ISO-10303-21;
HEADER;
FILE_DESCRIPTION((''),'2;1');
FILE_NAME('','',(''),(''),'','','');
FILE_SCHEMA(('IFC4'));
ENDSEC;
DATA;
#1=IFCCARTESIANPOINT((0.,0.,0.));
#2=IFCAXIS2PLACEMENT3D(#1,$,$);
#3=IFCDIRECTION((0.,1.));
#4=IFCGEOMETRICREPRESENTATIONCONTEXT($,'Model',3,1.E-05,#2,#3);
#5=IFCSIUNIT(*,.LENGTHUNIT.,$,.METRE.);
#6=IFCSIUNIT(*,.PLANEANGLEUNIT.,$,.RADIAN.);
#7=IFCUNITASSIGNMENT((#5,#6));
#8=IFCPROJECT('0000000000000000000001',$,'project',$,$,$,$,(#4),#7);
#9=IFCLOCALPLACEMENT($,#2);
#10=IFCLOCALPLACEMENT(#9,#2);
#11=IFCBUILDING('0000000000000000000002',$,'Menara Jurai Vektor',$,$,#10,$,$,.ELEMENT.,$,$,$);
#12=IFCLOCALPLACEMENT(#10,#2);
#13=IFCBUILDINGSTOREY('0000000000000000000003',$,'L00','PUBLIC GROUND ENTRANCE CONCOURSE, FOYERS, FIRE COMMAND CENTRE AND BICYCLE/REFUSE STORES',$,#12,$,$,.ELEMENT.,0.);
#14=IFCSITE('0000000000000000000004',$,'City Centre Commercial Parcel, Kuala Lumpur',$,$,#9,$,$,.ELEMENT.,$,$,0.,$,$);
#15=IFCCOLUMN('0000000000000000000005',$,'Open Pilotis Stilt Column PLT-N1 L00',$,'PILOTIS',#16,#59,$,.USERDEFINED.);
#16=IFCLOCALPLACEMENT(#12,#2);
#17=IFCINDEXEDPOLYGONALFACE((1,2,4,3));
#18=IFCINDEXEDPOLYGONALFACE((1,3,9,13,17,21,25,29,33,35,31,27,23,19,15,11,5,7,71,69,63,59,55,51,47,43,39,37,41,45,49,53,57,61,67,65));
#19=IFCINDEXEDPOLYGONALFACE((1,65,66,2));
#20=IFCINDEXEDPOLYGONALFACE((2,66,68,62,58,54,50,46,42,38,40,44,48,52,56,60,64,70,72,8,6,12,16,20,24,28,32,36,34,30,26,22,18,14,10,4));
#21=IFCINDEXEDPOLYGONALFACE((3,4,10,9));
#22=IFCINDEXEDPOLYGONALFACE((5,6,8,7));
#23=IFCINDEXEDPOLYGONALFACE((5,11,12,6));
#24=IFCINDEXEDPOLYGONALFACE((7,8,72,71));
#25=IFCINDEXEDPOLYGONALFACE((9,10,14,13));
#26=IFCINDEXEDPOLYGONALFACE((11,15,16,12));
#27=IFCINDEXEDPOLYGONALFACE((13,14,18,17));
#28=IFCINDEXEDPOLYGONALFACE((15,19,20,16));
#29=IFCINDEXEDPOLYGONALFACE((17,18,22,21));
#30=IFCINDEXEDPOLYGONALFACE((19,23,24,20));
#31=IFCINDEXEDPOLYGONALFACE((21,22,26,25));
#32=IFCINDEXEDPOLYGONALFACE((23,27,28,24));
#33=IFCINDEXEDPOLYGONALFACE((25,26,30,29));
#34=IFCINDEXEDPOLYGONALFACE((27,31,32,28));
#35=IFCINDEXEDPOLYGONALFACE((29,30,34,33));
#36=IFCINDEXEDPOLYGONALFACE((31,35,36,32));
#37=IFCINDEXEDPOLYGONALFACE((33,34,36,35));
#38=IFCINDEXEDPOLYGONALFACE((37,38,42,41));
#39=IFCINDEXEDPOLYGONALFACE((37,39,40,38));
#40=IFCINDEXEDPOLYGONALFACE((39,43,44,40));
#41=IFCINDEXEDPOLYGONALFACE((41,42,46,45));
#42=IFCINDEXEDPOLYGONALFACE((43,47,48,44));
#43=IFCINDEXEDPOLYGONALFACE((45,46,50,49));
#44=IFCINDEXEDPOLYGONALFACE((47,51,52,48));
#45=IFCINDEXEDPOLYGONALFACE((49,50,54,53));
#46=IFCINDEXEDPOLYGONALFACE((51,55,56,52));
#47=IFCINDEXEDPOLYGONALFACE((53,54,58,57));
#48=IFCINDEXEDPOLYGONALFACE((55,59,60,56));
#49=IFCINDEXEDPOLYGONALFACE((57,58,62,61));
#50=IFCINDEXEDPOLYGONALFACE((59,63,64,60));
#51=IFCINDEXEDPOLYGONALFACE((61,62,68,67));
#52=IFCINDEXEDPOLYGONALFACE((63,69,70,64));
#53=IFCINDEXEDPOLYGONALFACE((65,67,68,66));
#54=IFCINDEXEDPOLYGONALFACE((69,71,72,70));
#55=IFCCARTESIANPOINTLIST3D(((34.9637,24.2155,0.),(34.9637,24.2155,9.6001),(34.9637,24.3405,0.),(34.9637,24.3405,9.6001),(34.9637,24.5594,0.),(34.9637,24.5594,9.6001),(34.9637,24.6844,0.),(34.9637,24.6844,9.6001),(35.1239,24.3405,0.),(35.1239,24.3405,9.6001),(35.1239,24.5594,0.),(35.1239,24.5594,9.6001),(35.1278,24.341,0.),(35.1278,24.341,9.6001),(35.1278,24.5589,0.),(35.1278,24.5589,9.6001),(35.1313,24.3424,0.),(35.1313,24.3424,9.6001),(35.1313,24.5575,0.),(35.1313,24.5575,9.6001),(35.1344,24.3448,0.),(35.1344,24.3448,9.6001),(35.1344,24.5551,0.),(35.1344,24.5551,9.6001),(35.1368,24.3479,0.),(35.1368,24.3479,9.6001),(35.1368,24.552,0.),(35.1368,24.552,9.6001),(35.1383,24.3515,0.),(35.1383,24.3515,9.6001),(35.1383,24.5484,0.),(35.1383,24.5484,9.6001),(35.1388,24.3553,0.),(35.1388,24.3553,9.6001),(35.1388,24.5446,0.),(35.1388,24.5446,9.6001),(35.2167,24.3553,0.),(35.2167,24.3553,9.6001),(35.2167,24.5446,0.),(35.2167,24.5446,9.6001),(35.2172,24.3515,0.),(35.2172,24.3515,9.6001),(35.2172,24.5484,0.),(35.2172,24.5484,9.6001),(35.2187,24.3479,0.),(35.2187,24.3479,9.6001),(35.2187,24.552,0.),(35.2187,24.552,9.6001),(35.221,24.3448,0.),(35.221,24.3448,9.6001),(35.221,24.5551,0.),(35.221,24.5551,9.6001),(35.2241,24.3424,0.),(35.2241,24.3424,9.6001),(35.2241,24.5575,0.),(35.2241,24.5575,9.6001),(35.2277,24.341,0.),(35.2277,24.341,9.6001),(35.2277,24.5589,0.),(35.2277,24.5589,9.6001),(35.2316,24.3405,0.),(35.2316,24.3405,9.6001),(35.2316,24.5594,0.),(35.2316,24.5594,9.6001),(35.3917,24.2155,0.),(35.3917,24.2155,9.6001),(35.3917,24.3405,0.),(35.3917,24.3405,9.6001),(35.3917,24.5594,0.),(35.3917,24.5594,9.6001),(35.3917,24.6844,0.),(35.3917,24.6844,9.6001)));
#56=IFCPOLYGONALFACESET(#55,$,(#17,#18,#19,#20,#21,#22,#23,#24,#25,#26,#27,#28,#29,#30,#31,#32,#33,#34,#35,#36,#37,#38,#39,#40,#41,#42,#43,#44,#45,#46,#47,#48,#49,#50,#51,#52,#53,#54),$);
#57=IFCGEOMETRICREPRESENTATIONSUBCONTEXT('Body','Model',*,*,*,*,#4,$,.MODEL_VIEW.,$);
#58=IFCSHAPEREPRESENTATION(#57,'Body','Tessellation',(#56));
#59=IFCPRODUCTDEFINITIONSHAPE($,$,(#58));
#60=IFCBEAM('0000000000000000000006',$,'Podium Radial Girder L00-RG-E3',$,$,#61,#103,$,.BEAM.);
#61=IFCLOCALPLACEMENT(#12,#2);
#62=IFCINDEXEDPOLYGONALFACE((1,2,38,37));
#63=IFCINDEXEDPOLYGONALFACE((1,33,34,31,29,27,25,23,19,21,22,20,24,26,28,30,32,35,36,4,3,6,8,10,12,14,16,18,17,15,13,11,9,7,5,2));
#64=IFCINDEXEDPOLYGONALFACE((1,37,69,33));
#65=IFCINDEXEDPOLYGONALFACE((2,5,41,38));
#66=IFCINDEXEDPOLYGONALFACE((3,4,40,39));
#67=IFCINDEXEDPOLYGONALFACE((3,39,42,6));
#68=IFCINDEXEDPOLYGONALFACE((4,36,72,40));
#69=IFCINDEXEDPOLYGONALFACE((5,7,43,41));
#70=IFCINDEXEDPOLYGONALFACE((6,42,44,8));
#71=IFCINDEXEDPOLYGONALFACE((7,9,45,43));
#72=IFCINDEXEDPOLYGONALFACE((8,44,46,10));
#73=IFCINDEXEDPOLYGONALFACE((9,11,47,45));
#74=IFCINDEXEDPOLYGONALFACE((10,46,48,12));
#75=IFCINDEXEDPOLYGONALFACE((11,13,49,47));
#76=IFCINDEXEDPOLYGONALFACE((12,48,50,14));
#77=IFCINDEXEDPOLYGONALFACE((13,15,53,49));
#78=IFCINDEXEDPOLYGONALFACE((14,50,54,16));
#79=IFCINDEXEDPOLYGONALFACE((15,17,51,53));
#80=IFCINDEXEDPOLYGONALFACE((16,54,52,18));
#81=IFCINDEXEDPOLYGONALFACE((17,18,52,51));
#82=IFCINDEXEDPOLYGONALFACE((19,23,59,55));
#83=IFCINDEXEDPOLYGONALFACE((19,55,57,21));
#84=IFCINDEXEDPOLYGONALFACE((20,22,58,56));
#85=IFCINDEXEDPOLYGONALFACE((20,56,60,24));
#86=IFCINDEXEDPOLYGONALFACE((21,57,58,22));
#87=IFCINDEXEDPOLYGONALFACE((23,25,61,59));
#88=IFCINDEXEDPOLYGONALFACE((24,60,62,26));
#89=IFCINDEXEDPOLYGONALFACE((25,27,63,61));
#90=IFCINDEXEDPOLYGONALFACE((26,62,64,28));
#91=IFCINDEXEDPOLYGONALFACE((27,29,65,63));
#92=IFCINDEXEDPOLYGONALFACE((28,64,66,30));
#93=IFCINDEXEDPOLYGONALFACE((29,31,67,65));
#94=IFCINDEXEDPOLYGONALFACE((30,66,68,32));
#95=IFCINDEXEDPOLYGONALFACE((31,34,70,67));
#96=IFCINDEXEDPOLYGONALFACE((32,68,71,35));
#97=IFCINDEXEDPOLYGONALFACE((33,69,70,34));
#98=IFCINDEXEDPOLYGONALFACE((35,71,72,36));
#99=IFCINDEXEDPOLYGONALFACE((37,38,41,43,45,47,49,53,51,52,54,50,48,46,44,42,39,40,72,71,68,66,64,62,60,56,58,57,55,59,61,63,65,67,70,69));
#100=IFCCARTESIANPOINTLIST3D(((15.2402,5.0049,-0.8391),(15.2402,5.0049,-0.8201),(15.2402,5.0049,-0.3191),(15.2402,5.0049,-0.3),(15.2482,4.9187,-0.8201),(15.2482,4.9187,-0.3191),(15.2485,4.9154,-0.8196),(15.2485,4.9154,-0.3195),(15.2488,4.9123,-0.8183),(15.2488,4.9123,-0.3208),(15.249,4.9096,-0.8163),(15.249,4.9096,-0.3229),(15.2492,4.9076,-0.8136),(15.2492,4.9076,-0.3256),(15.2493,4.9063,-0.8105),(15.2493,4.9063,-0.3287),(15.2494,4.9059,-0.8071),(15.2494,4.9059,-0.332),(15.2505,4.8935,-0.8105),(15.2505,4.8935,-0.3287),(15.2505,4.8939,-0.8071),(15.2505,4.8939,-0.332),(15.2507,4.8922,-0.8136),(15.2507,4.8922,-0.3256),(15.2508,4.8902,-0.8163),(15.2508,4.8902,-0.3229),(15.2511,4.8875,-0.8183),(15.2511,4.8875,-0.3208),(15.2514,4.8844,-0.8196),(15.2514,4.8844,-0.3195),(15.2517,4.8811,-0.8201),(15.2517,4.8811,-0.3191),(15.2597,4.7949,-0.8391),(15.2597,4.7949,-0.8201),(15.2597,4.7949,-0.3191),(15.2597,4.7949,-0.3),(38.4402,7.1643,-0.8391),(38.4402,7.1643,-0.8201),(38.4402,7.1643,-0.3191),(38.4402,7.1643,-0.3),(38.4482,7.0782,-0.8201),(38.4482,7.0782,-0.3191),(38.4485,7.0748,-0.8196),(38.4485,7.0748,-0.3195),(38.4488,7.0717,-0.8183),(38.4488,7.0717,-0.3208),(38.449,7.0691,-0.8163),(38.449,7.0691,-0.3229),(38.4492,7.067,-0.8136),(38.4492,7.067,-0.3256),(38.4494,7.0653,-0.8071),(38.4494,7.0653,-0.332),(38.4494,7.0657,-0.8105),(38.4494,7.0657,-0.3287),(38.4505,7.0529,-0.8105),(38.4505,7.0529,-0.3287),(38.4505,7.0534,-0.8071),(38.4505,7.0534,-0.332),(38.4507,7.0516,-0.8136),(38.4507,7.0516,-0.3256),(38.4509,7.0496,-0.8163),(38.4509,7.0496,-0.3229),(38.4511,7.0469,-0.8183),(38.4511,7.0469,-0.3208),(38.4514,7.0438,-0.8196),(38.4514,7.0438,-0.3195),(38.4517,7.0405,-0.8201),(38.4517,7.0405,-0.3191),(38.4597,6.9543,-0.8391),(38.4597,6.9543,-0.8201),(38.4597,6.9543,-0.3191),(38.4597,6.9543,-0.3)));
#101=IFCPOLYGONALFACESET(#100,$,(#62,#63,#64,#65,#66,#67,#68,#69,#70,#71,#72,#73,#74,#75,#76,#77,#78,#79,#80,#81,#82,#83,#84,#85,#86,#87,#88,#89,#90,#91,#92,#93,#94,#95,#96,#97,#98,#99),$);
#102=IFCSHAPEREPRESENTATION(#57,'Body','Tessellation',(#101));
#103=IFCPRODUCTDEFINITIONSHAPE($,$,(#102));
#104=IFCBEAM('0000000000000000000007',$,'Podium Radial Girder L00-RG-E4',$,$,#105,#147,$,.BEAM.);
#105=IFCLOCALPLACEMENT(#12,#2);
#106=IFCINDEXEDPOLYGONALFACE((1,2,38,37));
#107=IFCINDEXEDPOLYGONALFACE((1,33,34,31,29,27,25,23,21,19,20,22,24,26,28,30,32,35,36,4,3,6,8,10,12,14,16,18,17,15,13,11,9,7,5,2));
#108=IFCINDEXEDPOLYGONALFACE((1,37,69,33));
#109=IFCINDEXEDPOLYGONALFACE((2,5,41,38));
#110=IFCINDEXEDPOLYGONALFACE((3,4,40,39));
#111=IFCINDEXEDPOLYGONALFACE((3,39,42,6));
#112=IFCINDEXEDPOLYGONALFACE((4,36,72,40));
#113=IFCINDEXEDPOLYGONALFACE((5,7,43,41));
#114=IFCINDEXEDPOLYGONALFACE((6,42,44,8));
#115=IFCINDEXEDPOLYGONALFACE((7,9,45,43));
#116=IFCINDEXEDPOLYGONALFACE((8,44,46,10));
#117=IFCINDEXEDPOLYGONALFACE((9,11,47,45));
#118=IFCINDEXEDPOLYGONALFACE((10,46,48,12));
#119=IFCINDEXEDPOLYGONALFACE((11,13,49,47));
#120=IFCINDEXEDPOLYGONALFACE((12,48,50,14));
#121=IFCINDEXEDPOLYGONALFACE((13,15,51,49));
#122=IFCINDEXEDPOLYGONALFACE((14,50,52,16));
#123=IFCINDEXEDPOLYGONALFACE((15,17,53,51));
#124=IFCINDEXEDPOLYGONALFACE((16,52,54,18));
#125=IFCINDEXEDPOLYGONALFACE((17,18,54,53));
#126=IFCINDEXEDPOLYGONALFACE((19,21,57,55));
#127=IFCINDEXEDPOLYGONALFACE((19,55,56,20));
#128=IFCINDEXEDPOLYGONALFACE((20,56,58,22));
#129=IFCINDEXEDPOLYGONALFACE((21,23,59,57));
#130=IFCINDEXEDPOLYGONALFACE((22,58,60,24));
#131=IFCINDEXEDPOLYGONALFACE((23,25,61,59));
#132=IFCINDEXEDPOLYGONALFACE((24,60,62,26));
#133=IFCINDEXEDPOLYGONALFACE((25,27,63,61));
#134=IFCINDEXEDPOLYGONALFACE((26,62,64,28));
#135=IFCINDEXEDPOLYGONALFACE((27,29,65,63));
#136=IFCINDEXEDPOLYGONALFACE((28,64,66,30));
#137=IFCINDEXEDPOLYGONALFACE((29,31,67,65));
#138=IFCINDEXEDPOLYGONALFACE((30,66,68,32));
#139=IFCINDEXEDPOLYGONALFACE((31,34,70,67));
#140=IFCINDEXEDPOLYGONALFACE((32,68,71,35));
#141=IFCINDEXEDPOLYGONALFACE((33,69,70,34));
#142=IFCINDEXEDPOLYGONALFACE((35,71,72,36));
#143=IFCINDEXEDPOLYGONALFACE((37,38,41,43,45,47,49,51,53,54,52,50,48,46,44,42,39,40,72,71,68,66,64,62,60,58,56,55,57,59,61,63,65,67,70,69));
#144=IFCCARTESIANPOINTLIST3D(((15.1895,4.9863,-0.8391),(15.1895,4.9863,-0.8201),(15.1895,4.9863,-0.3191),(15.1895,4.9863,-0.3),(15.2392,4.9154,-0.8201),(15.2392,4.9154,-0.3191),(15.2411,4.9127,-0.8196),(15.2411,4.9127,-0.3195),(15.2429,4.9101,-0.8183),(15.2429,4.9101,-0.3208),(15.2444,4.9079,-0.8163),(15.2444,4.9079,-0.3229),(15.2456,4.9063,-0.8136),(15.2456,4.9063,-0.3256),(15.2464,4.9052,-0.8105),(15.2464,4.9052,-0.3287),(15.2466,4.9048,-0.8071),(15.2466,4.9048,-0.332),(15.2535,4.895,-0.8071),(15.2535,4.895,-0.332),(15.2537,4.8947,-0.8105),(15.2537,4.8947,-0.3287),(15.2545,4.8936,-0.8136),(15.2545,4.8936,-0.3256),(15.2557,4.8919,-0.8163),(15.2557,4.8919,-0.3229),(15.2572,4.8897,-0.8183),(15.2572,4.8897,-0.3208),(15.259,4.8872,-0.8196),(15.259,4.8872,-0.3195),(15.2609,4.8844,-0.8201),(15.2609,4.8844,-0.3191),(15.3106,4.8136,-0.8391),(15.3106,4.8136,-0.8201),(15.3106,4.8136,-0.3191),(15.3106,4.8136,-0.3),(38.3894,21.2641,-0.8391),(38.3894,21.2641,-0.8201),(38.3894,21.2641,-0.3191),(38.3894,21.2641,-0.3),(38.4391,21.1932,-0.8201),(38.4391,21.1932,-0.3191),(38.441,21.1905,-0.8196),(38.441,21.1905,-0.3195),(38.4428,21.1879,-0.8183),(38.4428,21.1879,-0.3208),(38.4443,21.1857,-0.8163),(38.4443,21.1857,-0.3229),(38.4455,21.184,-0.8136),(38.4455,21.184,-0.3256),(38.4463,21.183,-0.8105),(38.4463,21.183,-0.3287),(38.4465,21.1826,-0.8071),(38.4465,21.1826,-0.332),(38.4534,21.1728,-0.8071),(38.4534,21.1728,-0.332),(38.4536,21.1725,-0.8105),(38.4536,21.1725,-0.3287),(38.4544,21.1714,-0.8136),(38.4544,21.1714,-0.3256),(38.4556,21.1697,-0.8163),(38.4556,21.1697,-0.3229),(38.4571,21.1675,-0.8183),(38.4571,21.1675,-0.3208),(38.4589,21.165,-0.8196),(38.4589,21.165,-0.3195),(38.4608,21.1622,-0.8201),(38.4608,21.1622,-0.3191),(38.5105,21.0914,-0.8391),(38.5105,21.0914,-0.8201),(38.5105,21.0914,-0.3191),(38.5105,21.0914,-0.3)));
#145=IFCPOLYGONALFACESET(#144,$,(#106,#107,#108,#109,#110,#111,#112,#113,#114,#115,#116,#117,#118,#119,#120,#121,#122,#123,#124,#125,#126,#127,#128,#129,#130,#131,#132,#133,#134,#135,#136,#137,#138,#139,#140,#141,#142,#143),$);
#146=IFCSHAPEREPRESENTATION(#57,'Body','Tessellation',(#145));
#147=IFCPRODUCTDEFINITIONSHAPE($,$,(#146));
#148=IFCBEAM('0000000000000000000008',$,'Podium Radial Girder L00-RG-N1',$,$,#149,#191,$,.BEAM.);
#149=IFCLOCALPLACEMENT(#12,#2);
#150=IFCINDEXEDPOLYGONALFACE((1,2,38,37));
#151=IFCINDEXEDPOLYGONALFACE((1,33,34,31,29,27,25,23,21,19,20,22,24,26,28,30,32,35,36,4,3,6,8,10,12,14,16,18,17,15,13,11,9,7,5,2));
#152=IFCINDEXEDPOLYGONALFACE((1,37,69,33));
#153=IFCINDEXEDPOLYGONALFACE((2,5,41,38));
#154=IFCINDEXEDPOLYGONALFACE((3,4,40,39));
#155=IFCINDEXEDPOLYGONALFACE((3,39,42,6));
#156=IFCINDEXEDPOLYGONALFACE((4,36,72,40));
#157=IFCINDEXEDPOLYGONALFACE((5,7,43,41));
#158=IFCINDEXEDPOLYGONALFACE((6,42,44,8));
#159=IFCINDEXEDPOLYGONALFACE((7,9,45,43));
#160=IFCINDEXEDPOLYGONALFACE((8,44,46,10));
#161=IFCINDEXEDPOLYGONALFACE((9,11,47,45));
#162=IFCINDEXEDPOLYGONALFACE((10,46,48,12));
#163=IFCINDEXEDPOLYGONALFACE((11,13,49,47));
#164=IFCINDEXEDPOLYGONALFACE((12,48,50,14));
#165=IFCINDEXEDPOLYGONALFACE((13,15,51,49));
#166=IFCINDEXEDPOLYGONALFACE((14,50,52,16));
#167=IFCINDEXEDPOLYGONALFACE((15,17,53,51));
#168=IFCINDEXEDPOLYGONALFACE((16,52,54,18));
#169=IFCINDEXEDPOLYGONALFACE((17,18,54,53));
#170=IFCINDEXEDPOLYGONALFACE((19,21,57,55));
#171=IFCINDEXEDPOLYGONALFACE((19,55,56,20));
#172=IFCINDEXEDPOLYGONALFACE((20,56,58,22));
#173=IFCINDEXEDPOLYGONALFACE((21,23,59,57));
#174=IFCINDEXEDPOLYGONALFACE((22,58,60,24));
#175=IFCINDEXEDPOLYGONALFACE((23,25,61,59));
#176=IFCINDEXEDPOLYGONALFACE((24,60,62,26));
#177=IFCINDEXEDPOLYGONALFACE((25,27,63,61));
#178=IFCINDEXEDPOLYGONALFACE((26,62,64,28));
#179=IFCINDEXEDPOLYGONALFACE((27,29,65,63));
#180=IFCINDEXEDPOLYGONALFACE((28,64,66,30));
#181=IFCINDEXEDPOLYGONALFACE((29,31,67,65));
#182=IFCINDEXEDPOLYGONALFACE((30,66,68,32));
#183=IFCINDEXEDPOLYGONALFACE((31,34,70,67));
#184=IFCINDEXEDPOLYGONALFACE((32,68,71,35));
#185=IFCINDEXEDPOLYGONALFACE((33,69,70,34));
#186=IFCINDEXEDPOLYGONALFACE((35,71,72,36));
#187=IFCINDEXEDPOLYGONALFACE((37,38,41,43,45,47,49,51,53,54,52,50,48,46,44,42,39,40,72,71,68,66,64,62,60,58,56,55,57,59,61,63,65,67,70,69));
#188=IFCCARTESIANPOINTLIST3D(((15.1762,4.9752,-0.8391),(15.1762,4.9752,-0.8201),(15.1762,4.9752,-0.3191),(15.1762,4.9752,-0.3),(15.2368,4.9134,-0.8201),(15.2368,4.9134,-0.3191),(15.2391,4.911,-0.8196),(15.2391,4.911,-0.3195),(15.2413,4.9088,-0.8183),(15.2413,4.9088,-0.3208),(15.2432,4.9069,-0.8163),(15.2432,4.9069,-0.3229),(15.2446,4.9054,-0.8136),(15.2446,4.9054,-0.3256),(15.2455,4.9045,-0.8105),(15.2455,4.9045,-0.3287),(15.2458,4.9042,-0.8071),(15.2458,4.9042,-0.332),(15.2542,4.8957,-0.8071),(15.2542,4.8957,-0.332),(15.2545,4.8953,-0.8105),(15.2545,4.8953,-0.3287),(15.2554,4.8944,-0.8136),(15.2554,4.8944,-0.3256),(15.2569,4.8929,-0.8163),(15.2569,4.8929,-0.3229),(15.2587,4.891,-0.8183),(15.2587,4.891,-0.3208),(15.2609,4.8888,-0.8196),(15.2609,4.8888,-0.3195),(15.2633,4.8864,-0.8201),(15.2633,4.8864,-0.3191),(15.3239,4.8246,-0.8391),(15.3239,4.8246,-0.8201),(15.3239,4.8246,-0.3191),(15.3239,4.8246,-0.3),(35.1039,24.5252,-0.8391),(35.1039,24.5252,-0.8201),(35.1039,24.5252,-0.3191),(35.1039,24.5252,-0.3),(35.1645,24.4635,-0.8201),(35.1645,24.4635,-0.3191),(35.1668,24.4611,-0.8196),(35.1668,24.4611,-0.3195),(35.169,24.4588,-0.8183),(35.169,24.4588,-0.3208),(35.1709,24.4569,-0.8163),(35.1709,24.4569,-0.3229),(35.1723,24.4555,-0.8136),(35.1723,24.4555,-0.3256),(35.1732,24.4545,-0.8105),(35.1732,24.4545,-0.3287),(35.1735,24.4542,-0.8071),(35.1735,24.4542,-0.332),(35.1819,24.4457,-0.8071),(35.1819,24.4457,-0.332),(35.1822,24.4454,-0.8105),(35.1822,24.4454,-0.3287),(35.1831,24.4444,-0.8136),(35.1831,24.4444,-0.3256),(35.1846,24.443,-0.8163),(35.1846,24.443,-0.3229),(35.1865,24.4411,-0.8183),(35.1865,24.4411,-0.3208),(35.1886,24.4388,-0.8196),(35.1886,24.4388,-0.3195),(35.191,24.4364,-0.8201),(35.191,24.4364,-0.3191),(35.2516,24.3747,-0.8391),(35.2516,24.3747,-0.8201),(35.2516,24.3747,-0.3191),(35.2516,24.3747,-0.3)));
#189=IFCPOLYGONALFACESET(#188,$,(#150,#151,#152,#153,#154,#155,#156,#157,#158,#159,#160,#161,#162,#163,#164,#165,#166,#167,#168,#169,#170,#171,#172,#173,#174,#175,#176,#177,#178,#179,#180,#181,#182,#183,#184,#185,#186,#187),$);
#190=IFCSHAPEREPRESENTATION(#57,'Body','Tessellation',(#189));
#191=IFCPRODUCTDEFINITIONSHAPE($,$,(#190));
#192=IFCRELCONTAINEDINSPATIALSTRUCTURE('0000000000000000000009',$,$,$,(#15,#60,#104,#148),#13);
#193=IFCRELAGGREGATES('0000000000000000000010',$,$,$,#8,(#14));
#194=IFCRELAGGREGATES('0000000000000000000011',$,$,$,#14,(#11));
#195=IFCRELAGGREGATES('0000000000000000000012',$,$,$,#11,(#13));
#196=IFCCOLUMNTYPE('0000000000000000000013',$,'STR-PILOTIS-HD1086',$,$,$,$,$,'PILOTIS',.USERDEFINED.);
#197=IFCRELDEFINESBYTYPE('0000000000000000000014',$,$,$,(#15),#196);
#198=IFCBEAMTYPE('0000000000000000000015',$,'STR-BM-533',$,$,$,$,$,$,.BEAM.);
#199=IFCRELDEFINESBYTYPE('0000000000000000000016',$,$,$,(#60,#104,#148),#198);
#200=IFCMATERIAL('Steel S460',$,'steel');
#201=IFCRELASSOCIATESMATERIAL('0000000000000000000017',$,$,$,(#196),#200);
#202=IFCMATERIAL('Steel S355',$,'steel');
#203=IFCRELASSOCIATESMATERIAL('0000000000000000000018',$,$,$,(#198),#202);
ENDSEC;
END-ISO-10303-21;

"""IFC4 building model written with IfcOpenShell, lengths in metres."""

from ifc_helpers import new_model, si_unit, direction, frame, origin, origin_2d, place, context, subcontext, project, spatial, i_section, extrude, material, material_profile, profile_set, type_object, element, save


model = new_model("IFC4")

# Units and contexts
model_context = context("Model", 3, precision=1e-05, world=origin(), true_north=direction((0.0, 1.0)))
body_context = subcontext(model_context, "Body", "Model", "MODEL_VIEW")
ifc_project = project(units=[si_unit("LENGTHUNIT", "METRE"), si_unit("PLANEANGLEUNIT", "RADIAN")], contexts=[model_context])

# Site, building, storey
site_placement = place(None, origin())
site = spatial("IfcSite", under=ifc_project, at=site_placement, Name="City Centre Commercial Parcel, Kuala Lumpur", CompositionType="ELEMENT", RefElevation=0.0)
building_placement = place(site_placement, origin())
building = spatial("IfcBuilding", under=site, at=building_placement, Name="Menara Jurai Vektor", CompositionType="ELEMENT")
storey_placement = place(building_placement, origin())
storey = spatial("IfcBuildingStorey", under=building, at=storey_placement, Name="L00", Description="PUBLIC GROUND ENTRANCE CONCOURSE, FOYERS, FIRE COMMAND CENTRE AND BICYCLE/REFUSE STORES", CompositionType="ELEMENT", Elevation=0.0)

# Column
ifc_material_1 = material(Name="Steel S355", Category="steel")
ifc_material_2 = material(Name="Steel S460", Category="steel")
ifc_material_profile_1 = material_profile(ifc_material_2, i_section(OverallWidth=0.428, OverallDepth=0.469, WebThickness=0.0779, FlangeThickness=0.125, FilletRadius=0.0149, at=origin_2d()), Name="HD 400x1086")
ifc_profile_set_1 = profile_set([ifc_material_profile_1], Name="Steel S460")
column_type_1 = type_object("IfcColumnType", Name="STR-PILOTIS-HD1086", ElementType="PILOTIS", PredefinedType="USERDEFINED", material=ifc_profile_set_1)
for number, where, z_axis, x_axis, name in (
    (1, (35.1777, 24.45, 0.0), (0.0, 0.0, 1.0), (1.0, 0.0, 0.0), "Open Pilotis Stilt Column PLT-N1 L00"),
):
    element("IfcColumn", number, at=place(storey_placement, frame(where, z_axis=z_axis, x_axis=x_axis)), inside=storey, type_object=column_type_1, Name=name, ObjectType="PILOTIS", PredefinedType="USERDEFINED", context=body_context, shape_type="SweptSolid", body=[
        extrude(i_section(OverallWidth=0.428, OverallDepth=0.469, WebThickness=0.0779, FlangeThickness=0.125, FilletRadius=0.0149, at=origin_2d()), origin(), (0.0, 0.0, 1.0), 9.6001),
    ])

# Beams
ifc_material_profile_2 = material_profile(ifc_material_1, i_section(OverallWidth=0.2109, OverallDepth=0.5391, WebThickness=0.012, FlangeThickness=0.019, FilletRadius=0.0129, at=origin_2d()), Name="UKB 533x210x109")
ifc_profile_set_2 = profile_set([ifc_material_profile_2], Name="Steel S355")
beam_type_1 = type_object("IfcBeamType", Name="STR-BM-533", PredefinedType="BEAM", material=ifc_profile_set_2)
beam_1_placement = place(storey_placement, frame((38.45, 7.0593, -0.5696), z_axis=(-0.995696, -0.092678, 0.0), x_axis=(0.092678, -0.995696, 0.0)))
element("IfcBeam", 2, at=beam_1_placement, inside=storey, type_object=beam_type_1, Name="Podium Radial Girder L00-RG-E3", PredefinedType="BEAM", context=body_context, shape_type="SweptSolid", body=[
    extrude(i_section(OverallWidth=0.2109, OverallDepth=0.5391, WebThickness=0.012, FlangeThickness=0.019, FilletRadius=0.0129, at=origin_2d()), origin(), (0.0, 0.0, 1.0), 23.3003),
])
beam_2_placement = place(storey_placement, frame((38.45, 21.1777, -0.5696), z_axis=(-0.818604, -0.574359, 0.0), x_axis=(0.574359, -0.818604, 0.0)))
element("IfcBeam", 3, at=beam_2_placement, inside=storey, type_object=beam_type_1, Name="Podium Radial Girder L00-RG-E4", PredefinedType="BEAM", context=body_context, shape_type="SweptSolid", body=[
    extrude(i_section(OverallWidth=0.2109, OverallDepth=0.5391, WebThickness=0.012, FlangeThickness=0.019, FilletRadius=0.0129, at=origin_2d()), origin(), (0.0, 0.0, 1.0), 28.3408),
])
beam_3_placement = place(storey_placement, frame((35.1777, 24.45, -0.5696), z_axis=(-0.713839, -0.70031, 0.0), x_axis=(0.70031, -0.713839, 0.0)))
element("IfcBeam", 4, at=beam_3_placement, inside=storey, type_object=beam_type_1, Name="Podium Radial Girder L00-RG-N1", PredefinedType="BEAM", context=body_context, shape_type="SweptSolid", body=[
    extrude(i_section(OverallWidth=0.2109, OverallDepth=0.5391, WebThickness=0.012, FlangeThickness=0.019, FilletRadius=0.0129, at=origin_2d()), origin(), (0.0, 0.0, 1.0), 27.9163),
])

save(model, "model.ifc")
